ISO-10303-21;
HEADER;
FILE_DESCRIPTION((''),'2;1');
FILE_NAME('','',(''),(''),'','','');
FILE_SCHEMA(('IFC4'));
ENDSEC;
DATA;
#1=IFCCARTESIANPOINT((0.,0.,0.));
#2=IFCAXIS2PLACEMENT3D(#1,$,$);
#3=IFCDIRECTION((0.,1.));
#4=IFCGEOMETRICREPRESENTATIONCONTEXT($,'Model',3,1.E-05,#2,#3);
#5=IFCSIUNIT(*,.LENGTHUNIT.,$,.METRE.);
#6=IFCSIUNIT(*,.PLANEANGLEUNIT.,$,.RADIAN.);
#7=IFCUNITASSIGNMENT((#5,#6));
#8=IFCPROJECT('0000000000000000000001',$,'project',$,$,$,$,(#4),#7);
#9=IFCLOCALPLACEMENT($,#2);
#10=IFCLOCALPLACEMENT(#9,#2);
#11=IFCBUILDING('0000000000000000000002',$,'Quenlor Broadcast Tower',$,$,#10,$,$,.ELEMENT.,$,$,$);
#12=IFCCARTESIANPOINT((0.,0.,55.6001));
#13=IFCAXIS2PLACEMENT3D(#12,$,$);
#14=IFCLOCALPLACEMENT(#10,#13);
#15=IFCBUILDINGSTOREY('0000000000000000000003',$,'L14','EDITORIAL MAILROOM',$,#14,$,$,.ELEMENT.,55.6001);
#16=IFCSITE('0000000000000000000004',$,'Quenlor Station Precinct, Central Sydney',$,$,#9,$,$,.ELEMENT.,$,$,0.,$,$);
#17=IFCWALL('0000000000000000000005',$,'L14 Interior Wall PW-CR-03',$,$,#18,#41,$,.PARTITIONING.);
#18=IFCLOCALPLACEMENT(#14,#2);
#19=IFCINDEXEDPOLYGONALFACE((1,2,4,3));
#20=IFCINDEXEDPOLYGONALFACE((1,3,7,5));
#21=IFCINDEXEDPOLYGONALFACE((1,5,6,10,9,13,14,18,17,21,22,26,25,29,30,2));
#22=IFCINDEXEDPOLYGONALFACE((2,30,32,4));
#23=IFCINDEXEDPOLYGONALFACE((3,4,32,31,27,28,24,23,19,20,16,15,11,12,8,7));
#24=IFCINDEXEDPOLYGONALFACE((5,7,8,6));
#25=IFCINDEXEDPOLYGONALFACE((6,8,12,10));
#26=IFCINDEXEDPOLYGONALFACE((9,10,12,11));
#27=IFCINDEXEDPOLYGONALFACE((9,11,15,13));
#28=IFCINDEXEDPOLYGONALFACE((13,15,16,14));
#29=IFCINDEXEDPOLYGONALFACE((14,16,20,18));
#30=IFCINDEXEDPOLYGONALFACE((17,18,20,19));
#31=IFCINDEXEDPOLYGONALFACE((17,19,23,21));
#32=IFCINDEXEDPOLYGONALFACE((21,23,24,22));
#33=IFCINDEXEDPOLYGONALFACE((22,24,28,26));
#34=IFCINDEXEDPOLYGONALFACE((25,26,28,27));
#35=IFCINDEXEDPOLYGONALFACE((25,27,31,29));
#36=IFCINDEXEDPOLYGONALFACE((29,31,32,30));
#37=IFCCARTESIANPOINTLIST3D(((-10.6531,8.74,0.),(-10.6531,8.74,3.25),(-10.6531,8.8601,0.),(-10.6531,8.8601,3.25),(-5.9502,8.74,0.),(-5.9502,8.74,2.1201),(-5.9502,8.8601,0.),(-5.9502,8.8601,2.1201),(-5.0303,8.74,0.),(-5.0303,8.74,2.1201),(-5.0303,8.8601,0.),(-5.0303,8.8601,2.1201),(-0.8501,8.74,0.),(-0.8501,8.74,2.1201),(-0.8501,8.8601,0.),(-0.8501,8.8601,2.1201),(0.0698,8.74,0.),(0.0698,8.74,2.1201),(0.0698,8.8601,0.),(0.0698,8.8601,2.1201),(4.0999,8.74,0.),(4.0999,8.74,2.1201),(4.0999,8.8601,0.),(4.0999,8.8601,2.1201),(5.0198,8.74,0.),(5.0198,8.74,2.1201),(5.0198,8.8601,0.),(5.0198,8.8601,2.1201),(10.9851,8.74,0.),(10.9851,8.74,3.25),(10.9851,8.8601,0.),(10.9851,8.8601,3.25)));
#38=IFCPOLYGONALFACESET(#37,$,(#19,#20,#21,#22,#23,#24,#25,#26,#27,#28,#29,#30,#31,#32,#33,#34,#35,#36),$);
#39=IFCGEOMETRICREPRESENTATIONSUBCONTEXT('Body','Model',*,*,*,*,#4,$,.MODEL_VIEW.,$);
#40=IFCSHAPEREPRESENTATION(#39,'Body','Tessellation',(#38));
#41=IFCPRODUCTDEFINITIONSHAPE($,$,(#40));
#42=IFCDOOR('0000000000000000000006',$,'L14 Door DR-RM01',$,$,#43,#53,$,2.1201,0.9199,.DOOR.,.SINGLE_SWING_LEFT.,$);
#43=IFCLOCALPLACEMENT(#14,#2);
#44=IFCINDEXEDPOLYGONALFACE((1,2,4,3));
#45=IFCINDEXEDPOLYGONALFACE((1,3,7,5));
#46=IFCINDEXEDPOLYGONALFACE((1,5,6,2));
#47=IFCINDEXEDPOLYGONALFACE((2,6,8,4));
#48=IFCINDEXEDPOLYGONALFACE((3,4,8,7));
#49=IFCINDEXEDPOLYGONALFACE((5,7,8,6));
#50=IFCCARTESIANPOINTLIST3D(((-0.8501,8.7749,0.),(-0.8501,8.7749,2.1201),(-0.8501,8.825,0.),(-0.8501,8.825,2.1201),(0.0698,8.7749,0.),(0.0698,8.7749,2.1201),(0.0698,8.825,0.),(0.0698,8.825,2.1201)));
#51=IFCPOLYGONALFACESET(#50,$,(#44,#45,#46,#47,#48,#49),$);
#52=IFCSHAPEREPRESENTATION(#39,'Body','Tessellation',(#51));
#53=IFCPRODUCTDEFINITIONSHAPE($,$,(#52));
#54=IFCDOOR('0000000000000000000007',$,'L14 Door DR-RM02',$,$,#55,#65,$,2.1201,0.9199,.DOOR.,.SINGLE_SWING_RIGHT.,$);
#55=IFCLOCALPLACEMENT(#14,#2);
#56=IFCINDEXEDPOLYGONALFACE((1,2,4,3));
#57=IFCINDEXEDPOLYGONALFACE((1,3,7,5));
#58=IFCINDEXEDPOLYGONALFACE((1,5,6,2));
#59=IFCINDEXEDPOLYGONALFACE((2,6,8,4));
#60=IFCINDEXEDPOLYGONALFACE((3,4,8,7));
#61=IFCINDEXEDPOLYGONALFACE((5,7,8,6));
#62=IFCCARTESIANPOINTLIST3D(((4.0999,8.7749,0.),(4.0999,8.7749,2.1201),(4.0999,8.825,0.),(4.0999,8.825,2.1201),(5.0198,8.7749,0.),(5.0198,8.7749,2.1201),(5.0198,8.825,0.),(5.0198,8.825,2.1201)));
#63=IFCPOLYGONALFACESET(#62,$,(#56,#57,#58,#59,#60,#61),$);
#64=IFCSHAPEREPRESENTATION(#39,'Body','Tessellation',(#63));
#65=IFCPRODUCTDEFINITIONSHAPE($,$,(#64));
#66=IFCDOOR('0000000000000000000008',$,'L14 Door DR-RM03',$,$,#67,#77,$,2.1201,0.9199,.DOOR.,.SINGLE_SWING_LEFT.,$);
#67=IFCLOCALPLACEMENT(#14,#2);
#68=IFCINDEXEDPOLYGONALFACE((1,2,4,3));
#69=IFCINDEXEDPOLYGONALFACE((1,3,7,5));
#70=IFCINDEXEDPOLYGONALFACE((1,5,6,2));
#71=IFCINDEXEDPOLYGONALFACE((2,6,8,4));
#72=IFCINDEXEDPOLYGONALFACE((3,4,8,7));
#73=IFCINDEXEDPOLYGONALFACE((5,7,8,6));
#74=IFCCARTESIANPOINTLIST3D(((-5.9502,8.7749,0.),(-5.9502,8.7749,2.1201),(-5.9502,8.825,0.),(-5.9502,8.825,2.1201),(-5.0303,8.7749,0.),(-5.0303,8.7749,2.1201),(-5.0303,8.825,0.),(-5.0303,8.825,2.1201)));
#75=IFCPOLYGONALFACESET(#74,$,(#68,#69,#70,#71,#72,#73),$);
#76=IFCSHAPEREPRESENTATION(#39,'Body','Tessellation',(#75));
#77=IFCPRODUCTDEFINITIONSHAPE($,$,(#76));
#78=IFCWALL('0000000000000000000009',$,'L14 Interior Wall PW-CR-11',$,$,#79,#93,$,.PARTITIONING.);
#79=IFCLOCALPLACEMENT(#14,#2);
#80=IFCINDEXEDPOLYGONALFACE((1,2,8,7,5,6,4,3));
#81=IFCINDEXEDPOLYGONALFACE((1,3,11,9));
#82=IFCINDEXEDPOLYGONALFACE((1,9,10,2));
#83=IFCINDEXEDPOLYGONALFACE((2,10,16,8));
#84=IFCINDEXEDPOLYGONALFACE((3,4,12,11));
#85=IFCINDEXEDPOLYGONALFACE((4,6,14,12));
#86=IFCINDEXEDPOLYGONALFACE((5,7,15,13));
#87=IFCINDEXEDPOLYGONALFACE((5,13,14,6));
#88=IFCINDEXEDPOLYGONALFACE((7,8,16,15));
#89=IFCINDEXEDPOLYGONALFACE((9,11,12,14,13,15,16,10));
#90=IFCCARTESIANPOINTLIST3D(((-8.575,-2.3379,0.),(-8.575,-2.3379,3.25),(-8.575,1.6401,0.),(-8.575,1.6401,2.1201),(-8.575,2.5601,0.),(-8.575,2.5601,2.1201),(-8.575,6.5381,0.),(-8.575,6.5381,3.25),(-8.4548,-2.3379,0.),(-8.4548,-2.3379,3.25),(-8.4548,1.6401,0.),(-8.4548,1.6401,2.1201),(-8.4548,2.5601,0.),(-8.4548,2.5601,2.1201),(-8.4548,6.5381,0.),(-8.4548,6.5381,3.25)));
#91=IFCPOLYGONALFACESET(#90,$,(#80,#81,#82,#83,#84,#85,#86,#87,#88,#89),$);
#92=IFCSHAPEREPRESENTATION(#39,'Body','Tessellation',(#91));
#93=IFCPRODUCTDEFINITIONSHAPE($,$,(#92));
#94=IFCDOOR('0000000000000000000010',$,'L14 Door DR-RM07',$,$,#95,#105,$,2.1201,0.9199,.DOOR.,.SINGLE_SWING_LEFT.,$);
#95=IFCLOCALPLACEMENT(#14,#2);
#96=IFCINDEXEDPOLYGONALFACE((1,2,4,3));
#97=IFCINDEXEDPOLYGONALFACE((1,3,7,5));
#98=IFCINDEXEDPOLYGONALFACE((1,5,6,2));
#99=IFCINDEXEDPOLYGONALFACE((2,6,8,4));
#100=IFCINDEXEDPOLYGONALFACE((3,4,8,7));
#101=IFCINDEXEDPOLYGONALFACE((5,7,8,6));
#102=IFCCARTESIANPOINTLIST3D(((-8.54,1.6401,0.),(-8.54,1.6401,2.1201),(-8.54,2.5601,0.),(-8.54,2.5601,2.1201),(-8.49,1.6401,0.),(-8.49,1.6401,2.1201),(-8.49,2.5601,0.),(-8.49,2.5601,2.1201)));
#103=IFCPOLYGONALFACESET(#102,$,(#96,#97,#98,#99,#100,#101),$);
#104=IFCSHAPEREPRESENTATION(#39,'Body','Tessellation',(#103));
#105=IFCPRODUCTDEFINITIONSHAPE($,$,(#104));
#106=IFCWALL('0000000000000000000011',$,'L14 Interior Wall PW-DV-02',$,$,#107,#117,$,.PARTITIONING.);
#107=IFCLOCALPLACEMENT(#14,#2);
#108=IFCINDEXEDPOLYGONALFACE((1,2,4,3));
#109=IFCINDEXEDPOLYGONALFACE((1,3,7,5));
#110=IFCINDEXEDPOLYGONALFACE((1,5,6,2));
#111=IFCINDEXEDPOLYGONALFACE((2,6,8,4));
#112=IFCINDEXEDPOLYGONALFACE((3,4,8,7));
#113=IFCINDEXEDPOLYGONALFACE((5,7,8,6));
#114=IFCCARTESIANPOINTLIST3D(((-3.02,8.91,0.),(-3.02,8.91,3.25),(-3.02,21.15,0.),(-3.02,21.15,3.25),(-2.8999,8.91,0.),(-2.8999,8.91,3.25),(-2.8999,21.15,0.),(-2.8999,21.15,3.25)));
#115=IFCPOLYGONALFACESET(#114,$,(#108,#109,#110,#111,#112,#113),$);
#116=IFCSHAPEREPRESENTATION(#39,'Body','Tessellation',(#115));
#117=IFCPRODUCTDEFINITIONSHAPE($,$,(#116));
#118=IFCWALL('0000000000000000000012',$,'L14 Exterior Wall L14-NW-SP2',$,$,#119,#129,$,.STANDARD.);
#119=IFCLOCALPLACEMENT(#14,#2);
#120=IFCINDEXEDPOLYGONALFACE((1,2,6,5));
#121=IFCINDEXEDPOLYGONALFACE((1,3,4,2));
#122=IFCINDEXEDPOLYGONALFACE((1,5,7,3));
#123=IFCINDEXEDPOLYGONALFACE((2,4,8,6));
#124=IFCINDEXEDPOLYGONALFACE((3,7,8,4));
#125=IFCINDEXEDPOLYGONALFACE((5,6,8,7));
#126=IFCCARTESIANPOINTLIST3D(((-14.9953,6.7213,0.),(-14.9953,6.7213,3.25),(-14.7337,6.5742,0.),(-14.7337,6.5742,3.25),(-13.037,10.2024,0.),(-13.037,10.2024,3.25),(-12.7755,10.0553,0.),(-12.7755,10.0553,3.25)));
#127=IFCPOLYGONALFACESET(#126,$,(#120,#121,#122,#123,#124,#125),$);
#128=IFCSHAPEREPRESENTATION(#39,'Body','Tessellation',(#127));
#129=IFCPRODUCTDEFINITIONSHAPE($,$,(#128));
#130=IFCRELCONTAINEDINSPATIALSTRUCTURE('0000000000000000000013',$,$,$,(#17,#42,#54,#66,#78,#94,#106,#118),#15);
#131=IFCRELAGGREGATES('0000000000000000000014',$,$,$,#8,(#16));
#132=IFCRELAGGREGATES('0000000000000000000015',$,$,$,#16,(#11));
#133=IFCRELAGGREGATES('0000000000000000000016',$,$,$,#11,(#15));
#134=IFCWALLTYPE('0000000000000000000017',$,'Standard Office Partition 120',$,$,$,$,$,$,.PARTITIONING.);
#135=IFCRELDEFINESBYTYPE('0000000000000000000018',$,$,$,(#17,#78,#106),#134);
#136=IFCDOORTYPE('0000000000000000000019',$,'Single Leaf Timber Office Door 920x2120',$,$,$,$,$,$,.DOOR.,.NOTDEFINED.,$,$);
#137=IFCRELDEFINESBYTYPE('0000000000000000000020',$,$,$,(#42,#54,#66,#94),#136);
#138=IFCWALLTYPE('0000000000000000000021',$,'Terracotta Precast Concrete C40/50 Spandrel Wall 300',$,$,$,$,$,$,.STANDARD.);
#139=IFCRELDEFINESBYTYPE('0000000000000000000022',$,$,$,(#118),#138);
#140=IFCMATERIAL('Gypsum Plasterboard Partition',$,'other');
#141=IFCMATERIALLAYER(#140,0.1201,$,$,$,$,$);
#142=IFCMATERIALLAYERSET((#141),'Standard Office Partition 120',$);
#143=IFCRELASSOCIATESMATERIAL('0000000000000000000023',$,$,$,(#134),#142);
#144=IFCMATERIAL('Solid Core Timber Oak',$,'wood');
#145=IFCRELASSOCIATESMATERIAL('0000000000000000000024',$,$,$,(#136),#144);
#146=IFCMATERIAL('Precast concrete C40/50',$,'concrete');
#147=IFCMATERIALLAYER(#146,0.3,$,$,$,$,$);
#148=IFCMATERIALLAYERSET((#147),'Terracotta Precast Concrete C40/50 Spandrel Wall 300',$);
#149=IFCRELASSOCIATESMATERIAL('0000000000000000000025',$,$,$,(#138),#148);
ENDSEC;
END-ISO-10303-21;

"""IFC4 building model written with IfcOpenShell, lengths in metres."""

from ifc_helpers import new_model, si_unit, direction, frame, frame_2d, origin, place, context, subcontext, project, spatial, rectangle, extrude, material, layer, layer_set, type_object, element, fill, save


model = new_model("IFC4")

# Units and contexts
model_context = context("Model", 3, precision=1e-05, world=origin(), true_north=direction((0.0, 1.0)))
body_context = subcontext(model_context, "Body", "Model", "MODEL_VIEW")
ifc_project = project(units=[si_unit("LENGTHUNIT", "METRE"), si_unit("PLANEANGLEUNIT", "RADIAN")], contexts=[model_context])

# Site, building, storey
site_placement = place(None, origin())
site = spatial("IfcSite", under=ifc_project, at=site_placement, Name="Quenlor Station Precinct, Central Sydney", CompositionType="ELEMENT", RefElevation=0.0)
building_placement = place(site_placement, origin())
building = spatial("IfcBuilding", under=site, at=building_placement, Name="Quenlor Broadcast Tower", CompositionType="ELEMENT")
storey_placement = place(building_placement, frame((0.0, 0.0, 55.6001)))
storey = spatial("IfcBuildingStorey", under=building, at=storey_placement, Name="L14", Description="EDITORIAL MAILROOM", CompositionType="ELEMENT", Elevation=55.6001)

# Wall, openings, doors
ifc_material_1 = material(Name="Gypsum Plasterboard Partition", Category="other")
ifc_layer_1 = layer(ifc_material_1, 0.1201)
ifc_layer_set_1 = layer_set([ifc_layer_1], Name="Standard Office Partition 120")
wall_type_1 = type_object("IfcWallType", Name="Standard Office Partition 120", PredefinedType="PARTITIONING", material=ifc_layer_set_1)
wall_1_placement = place(storey_placement, frame((-10.6531, 8.8, 0.0), z_axis=(0.0, 0.0, 1.0), x_axis=(1.0, 0.0, 0.0)))
wall_1 = element("IfcWall", 1, at=wall_1_placement, inside=storey, type_object=wall_type_1, Name="L14 Interior Wall PW-CR-03", PredefinedType="PARTITIONING", context=body_context, shape_type="SweptSolid", body=[
    extrude(rectangle(XDim=21.6382, YDim=0.1201, at=frame_2d((10.8191, 0.0))), origin(), (0.0, 0.0, 1.0), 3.25),
])
opening_1_placement = place(wall_1_placement, frame((9.803, 0.0, 0.0)))
opening_1 = element("IfcOpeningElement", 2, at=opening_1_placement, cuts=wall_1, PredefinedType="OPENING", context=body_context, shape_type="SweptSolid", body=[
    extrude(rectangle(XDim=0.9199, YDim=2.1201, at=frame_2d((0.46, 1.0601))), frame((0.0, 0.0701, 0.0), z_axis=(0.0, -1.0, 0.0), x_axis=(1.0, 0.0, 0.0)), (0.0, 0.0, 1.0), 0.1401),
])
opening_2_placement = place(wall_1_placement, frame((14.7529, 0.0, 0.0)))
opening_2 = element("IfcOpeningElement", 3, at=opening_2_placement, cuts=wall_1, PredefinedType="OPENING", context=body_context, shape_type="SweptSolid", body=[
    extrude(rectangle(XDim=0.9199, YDim=2.1201, at=frame_2d((0.46, 1.0601))), frame((0.0, 0.0701, 0.0), z_axis=(0.0, -1.0, 0.0), x_axis=(1.0, 0.0, 0.0)), (0.0, 0.0, 1.0), 0.1401),
])
opening_3_placement = place(wall_1_placement, frame((4.7029, 0.0, 0.0)))
opening_3 = element("IfcOpeningElement", 4, at=opening_3_placement, cuts=wall_1, PredefinedType="OPENING", context=body_context, shape_type="SweptSolid", body=[
    extrude(rectangle(XDim=0.9199, YDim=2.1201, at=frame_2d((0.46, 1.0601))), frame((0.0, 0.0701, 0.0), z_axis=(0.0, -1.0, 0.0), x_axis=(1.0, 0.0, 0.0)), (0.0, 0.0, 1.0), 0.1401),
])
ifc_material_2 = material(Name="Solid Core Timber Oak", Category="wood")
door_type = type_object("IfcDoorType", Name="Single Leaf Timber Office Door 920x2120", OperationType="NOTDEFINED", PredefinedType="DOOR", material=ifc_material_2)
door_1_placement = place(opening_1_placement, origin())
door_1 = element("IfcDoor", 5, at=door_1_placement, inside=storey, type_object=door_type, Name="L14 Door DR-RM01", OperationType="SINGLE_SWING_LEFT", OverallHeight=2.1201, OverallWidth=0.9199, PredefinedType="DOOR", context=body_context, shape_type="SweptSolid", body=[
    extrude(rectangle(XDim=0.9199, YDim=2.1201, at=frame_2d((0.46, 1.0601))), frame((0.0, 0.0249, 0.0), z_axis=(0.0, -1.0, 0.0), x_axis=(1.0, 0.0, 0.0)), (0.0, 0.0, 1.0), 0.05),
])
fill(opening_1, door_1)
door_2_placement = place(opening_2_placement, origin())
door_2 = element("IfcDoor", 6, at=door_2_placement, inside=storey, type_object=door_type, Name="L14 Door DR-RM02", OperationType="SINGLE_SWING_RIGHT", OverallHeight=2.1201, OverallWidth=0.9199, PredefinedType="DOOR", context=body_context, shape_type="SweptSolid", body=[
    extrude(rectangle(XDim=0.9199, YDim=2.1201, at=frame_2d((0.46, 1.0601))), frame((0.0, 0.0249, 0.0), z_axis=(0.0, -1.0, 0.0), x_axis=(1.0, 0.0, 0.0)), (0.0, 0.0, 1.0), 0.05),
])
fill(opening_2, door_2)
door_3_placement = place(opening_3_placement, origin())
door_3 = element("IfcDoor", 7, at=door_3_placement, inside=storey, type_object=door_type, Name="L14 Door DR-RM03", OperationType="SINGLE_SWING_LEFT", OverallHeight=2.1201, OverallWidth=0.9199, PredefinedType="DOOR", context=body_context, shape_type="SweptSolid", body=[
    extrude(rectangle(XDim=0.9199, YDim=2.1201, at=frame_2d((0.46, 1.0601))), frame((0.0, 0.0249, 0.0), z_axis=(0.0, -1.0, 0.0), x_axis=(1.0, 0.0, 0.0)), (0.0, 0.0, 1.0), 0.05),
])
fill(opening_3, door_3)

# Wall, opening, door
wall_2_placement = place(storey_placement, frame((-8.5149, 6.5381, 0.0), z_axis=(0.0, 0.0, 1.0), x_axis=(0.0, -1.0, 0.0)))
wall_2 = element("IfcWall", 8, at=wall_2_placement, inside=storey, type_object=wall_type_1, Name="L14 Interior Wall PW-CR-11", PredefinedType="PARTITIONING", context=body_context, shape_type="SweptSolid", body=[
    extrude(rectangle(XDim=8.876, YDim=0.1201, at=frame_2d((4.438, 0.0))), origin(), (0.0, 0.0, 1.0), 3.25),
])
opening_4_placement = place(wall_2_placement, frame((3.978, 0.0, 0.0)))
opening_4 = element("IfcOpeningElement", 9, at=opening_4_placement, cuts=wall_2, PredefinedType="OPENING", context=body_context, shape_type="SweptSolid", body=[
    extrude(rectangle(XDim=0.9199, YDim=2.1201, at=frame_2d((0.46, 1.0601))), frame((0.0, 0.0701, 0.0), z_axis=(0.0, -1.0, 0.0), x_axis=(1.0, 0.0, 0.0)), (0.0, 0.0, 1.0), 0.1401),
])
door_4_placement = place(opening_4_placement, origin())
door_4 = element("IfcDoor", 10, at=door_4_placement, inside=storey, type_object=door_type, Name="L14 Door DR-RM07", OperationType="SINGLE_SWING_LEFT", OverallHeight=2.1201, OverallWidth=0.9199, PredefinedType="DOOR", context=body_context, shape_type="SweptSolid", body=[
    extrude(rectangle(XDim=0.9199, YDim=2.1201, at=frame_2d((0.46, 1.0601))), frame((0.0, 0.0249, 0.0), z_axis=(0.0, -1.0, 0.0), x_axis=(1.0, 0.0, 0.0)), (0.0, 0.0, 1.0), 0.05),
])
fill(opening_4, door_4)

# Walls
wall_3_placement = place(storey_placement, frame((-2.96, 8.9099, 0.0), z_axis=(0.0, 0.0, 1.0), x_axis=(0.0, 1.0, 0.0)))
element("IfcWall", 11, at=wall_3_placement, inside=storey, type_object=wall_type_1, Name="L14 Interior Wall PW-DV-02", PredefinedType="PARTITIONING", context=body_context, shape_type="SweptSolid", body=[
    extrude(rectangle(XDim=12.24, YDim=0.1201, at=frame_2d((6.1201, 0.0))), origin(), (0.0, 0.0, 1.0), 3.25),
])
ifc_material_3 = material(Name="Precast concrete C40/50", Category="concrete")
ifc_layer_2 = layer(ifc_material_3, 0.3)
ifc_layer_set_2 = layer_set([ifc_layer_2], Name="Terracotta Precast Concrete C40/50 Spandrel Wall 300")
wall_type_2 = type_object("IfcWallType", Name="Terracotta Precast Concrete C40/50 Spandrel Wall 300", PredefinedType="STANDARD", material=ifc_layer_set_2)
wall_4_placement = place(storey_placement, frame((-14.8645, 6.6477, 0.0), z_axis=(0.0, 0.0, 1.0), x_axis=(0.490276, 0.871567, 0.0)))
element("IfcWall", 12, at=wall_4_placement, inside=storey, type_object=wall_type_2, Name="L14 Exterior Wall L14-NW-SP2", PredefinedType="STANDARD", context=body_context, shape_type="SweptSolid", body=[
    extrude(rectangle(XDim=3.9941, YDim=0.3, at=frame_2d((1.9971, 0.0))), origin(), (0.0, 0.0, 1.0), 3.25),
])

save(model, "model.ifc")
